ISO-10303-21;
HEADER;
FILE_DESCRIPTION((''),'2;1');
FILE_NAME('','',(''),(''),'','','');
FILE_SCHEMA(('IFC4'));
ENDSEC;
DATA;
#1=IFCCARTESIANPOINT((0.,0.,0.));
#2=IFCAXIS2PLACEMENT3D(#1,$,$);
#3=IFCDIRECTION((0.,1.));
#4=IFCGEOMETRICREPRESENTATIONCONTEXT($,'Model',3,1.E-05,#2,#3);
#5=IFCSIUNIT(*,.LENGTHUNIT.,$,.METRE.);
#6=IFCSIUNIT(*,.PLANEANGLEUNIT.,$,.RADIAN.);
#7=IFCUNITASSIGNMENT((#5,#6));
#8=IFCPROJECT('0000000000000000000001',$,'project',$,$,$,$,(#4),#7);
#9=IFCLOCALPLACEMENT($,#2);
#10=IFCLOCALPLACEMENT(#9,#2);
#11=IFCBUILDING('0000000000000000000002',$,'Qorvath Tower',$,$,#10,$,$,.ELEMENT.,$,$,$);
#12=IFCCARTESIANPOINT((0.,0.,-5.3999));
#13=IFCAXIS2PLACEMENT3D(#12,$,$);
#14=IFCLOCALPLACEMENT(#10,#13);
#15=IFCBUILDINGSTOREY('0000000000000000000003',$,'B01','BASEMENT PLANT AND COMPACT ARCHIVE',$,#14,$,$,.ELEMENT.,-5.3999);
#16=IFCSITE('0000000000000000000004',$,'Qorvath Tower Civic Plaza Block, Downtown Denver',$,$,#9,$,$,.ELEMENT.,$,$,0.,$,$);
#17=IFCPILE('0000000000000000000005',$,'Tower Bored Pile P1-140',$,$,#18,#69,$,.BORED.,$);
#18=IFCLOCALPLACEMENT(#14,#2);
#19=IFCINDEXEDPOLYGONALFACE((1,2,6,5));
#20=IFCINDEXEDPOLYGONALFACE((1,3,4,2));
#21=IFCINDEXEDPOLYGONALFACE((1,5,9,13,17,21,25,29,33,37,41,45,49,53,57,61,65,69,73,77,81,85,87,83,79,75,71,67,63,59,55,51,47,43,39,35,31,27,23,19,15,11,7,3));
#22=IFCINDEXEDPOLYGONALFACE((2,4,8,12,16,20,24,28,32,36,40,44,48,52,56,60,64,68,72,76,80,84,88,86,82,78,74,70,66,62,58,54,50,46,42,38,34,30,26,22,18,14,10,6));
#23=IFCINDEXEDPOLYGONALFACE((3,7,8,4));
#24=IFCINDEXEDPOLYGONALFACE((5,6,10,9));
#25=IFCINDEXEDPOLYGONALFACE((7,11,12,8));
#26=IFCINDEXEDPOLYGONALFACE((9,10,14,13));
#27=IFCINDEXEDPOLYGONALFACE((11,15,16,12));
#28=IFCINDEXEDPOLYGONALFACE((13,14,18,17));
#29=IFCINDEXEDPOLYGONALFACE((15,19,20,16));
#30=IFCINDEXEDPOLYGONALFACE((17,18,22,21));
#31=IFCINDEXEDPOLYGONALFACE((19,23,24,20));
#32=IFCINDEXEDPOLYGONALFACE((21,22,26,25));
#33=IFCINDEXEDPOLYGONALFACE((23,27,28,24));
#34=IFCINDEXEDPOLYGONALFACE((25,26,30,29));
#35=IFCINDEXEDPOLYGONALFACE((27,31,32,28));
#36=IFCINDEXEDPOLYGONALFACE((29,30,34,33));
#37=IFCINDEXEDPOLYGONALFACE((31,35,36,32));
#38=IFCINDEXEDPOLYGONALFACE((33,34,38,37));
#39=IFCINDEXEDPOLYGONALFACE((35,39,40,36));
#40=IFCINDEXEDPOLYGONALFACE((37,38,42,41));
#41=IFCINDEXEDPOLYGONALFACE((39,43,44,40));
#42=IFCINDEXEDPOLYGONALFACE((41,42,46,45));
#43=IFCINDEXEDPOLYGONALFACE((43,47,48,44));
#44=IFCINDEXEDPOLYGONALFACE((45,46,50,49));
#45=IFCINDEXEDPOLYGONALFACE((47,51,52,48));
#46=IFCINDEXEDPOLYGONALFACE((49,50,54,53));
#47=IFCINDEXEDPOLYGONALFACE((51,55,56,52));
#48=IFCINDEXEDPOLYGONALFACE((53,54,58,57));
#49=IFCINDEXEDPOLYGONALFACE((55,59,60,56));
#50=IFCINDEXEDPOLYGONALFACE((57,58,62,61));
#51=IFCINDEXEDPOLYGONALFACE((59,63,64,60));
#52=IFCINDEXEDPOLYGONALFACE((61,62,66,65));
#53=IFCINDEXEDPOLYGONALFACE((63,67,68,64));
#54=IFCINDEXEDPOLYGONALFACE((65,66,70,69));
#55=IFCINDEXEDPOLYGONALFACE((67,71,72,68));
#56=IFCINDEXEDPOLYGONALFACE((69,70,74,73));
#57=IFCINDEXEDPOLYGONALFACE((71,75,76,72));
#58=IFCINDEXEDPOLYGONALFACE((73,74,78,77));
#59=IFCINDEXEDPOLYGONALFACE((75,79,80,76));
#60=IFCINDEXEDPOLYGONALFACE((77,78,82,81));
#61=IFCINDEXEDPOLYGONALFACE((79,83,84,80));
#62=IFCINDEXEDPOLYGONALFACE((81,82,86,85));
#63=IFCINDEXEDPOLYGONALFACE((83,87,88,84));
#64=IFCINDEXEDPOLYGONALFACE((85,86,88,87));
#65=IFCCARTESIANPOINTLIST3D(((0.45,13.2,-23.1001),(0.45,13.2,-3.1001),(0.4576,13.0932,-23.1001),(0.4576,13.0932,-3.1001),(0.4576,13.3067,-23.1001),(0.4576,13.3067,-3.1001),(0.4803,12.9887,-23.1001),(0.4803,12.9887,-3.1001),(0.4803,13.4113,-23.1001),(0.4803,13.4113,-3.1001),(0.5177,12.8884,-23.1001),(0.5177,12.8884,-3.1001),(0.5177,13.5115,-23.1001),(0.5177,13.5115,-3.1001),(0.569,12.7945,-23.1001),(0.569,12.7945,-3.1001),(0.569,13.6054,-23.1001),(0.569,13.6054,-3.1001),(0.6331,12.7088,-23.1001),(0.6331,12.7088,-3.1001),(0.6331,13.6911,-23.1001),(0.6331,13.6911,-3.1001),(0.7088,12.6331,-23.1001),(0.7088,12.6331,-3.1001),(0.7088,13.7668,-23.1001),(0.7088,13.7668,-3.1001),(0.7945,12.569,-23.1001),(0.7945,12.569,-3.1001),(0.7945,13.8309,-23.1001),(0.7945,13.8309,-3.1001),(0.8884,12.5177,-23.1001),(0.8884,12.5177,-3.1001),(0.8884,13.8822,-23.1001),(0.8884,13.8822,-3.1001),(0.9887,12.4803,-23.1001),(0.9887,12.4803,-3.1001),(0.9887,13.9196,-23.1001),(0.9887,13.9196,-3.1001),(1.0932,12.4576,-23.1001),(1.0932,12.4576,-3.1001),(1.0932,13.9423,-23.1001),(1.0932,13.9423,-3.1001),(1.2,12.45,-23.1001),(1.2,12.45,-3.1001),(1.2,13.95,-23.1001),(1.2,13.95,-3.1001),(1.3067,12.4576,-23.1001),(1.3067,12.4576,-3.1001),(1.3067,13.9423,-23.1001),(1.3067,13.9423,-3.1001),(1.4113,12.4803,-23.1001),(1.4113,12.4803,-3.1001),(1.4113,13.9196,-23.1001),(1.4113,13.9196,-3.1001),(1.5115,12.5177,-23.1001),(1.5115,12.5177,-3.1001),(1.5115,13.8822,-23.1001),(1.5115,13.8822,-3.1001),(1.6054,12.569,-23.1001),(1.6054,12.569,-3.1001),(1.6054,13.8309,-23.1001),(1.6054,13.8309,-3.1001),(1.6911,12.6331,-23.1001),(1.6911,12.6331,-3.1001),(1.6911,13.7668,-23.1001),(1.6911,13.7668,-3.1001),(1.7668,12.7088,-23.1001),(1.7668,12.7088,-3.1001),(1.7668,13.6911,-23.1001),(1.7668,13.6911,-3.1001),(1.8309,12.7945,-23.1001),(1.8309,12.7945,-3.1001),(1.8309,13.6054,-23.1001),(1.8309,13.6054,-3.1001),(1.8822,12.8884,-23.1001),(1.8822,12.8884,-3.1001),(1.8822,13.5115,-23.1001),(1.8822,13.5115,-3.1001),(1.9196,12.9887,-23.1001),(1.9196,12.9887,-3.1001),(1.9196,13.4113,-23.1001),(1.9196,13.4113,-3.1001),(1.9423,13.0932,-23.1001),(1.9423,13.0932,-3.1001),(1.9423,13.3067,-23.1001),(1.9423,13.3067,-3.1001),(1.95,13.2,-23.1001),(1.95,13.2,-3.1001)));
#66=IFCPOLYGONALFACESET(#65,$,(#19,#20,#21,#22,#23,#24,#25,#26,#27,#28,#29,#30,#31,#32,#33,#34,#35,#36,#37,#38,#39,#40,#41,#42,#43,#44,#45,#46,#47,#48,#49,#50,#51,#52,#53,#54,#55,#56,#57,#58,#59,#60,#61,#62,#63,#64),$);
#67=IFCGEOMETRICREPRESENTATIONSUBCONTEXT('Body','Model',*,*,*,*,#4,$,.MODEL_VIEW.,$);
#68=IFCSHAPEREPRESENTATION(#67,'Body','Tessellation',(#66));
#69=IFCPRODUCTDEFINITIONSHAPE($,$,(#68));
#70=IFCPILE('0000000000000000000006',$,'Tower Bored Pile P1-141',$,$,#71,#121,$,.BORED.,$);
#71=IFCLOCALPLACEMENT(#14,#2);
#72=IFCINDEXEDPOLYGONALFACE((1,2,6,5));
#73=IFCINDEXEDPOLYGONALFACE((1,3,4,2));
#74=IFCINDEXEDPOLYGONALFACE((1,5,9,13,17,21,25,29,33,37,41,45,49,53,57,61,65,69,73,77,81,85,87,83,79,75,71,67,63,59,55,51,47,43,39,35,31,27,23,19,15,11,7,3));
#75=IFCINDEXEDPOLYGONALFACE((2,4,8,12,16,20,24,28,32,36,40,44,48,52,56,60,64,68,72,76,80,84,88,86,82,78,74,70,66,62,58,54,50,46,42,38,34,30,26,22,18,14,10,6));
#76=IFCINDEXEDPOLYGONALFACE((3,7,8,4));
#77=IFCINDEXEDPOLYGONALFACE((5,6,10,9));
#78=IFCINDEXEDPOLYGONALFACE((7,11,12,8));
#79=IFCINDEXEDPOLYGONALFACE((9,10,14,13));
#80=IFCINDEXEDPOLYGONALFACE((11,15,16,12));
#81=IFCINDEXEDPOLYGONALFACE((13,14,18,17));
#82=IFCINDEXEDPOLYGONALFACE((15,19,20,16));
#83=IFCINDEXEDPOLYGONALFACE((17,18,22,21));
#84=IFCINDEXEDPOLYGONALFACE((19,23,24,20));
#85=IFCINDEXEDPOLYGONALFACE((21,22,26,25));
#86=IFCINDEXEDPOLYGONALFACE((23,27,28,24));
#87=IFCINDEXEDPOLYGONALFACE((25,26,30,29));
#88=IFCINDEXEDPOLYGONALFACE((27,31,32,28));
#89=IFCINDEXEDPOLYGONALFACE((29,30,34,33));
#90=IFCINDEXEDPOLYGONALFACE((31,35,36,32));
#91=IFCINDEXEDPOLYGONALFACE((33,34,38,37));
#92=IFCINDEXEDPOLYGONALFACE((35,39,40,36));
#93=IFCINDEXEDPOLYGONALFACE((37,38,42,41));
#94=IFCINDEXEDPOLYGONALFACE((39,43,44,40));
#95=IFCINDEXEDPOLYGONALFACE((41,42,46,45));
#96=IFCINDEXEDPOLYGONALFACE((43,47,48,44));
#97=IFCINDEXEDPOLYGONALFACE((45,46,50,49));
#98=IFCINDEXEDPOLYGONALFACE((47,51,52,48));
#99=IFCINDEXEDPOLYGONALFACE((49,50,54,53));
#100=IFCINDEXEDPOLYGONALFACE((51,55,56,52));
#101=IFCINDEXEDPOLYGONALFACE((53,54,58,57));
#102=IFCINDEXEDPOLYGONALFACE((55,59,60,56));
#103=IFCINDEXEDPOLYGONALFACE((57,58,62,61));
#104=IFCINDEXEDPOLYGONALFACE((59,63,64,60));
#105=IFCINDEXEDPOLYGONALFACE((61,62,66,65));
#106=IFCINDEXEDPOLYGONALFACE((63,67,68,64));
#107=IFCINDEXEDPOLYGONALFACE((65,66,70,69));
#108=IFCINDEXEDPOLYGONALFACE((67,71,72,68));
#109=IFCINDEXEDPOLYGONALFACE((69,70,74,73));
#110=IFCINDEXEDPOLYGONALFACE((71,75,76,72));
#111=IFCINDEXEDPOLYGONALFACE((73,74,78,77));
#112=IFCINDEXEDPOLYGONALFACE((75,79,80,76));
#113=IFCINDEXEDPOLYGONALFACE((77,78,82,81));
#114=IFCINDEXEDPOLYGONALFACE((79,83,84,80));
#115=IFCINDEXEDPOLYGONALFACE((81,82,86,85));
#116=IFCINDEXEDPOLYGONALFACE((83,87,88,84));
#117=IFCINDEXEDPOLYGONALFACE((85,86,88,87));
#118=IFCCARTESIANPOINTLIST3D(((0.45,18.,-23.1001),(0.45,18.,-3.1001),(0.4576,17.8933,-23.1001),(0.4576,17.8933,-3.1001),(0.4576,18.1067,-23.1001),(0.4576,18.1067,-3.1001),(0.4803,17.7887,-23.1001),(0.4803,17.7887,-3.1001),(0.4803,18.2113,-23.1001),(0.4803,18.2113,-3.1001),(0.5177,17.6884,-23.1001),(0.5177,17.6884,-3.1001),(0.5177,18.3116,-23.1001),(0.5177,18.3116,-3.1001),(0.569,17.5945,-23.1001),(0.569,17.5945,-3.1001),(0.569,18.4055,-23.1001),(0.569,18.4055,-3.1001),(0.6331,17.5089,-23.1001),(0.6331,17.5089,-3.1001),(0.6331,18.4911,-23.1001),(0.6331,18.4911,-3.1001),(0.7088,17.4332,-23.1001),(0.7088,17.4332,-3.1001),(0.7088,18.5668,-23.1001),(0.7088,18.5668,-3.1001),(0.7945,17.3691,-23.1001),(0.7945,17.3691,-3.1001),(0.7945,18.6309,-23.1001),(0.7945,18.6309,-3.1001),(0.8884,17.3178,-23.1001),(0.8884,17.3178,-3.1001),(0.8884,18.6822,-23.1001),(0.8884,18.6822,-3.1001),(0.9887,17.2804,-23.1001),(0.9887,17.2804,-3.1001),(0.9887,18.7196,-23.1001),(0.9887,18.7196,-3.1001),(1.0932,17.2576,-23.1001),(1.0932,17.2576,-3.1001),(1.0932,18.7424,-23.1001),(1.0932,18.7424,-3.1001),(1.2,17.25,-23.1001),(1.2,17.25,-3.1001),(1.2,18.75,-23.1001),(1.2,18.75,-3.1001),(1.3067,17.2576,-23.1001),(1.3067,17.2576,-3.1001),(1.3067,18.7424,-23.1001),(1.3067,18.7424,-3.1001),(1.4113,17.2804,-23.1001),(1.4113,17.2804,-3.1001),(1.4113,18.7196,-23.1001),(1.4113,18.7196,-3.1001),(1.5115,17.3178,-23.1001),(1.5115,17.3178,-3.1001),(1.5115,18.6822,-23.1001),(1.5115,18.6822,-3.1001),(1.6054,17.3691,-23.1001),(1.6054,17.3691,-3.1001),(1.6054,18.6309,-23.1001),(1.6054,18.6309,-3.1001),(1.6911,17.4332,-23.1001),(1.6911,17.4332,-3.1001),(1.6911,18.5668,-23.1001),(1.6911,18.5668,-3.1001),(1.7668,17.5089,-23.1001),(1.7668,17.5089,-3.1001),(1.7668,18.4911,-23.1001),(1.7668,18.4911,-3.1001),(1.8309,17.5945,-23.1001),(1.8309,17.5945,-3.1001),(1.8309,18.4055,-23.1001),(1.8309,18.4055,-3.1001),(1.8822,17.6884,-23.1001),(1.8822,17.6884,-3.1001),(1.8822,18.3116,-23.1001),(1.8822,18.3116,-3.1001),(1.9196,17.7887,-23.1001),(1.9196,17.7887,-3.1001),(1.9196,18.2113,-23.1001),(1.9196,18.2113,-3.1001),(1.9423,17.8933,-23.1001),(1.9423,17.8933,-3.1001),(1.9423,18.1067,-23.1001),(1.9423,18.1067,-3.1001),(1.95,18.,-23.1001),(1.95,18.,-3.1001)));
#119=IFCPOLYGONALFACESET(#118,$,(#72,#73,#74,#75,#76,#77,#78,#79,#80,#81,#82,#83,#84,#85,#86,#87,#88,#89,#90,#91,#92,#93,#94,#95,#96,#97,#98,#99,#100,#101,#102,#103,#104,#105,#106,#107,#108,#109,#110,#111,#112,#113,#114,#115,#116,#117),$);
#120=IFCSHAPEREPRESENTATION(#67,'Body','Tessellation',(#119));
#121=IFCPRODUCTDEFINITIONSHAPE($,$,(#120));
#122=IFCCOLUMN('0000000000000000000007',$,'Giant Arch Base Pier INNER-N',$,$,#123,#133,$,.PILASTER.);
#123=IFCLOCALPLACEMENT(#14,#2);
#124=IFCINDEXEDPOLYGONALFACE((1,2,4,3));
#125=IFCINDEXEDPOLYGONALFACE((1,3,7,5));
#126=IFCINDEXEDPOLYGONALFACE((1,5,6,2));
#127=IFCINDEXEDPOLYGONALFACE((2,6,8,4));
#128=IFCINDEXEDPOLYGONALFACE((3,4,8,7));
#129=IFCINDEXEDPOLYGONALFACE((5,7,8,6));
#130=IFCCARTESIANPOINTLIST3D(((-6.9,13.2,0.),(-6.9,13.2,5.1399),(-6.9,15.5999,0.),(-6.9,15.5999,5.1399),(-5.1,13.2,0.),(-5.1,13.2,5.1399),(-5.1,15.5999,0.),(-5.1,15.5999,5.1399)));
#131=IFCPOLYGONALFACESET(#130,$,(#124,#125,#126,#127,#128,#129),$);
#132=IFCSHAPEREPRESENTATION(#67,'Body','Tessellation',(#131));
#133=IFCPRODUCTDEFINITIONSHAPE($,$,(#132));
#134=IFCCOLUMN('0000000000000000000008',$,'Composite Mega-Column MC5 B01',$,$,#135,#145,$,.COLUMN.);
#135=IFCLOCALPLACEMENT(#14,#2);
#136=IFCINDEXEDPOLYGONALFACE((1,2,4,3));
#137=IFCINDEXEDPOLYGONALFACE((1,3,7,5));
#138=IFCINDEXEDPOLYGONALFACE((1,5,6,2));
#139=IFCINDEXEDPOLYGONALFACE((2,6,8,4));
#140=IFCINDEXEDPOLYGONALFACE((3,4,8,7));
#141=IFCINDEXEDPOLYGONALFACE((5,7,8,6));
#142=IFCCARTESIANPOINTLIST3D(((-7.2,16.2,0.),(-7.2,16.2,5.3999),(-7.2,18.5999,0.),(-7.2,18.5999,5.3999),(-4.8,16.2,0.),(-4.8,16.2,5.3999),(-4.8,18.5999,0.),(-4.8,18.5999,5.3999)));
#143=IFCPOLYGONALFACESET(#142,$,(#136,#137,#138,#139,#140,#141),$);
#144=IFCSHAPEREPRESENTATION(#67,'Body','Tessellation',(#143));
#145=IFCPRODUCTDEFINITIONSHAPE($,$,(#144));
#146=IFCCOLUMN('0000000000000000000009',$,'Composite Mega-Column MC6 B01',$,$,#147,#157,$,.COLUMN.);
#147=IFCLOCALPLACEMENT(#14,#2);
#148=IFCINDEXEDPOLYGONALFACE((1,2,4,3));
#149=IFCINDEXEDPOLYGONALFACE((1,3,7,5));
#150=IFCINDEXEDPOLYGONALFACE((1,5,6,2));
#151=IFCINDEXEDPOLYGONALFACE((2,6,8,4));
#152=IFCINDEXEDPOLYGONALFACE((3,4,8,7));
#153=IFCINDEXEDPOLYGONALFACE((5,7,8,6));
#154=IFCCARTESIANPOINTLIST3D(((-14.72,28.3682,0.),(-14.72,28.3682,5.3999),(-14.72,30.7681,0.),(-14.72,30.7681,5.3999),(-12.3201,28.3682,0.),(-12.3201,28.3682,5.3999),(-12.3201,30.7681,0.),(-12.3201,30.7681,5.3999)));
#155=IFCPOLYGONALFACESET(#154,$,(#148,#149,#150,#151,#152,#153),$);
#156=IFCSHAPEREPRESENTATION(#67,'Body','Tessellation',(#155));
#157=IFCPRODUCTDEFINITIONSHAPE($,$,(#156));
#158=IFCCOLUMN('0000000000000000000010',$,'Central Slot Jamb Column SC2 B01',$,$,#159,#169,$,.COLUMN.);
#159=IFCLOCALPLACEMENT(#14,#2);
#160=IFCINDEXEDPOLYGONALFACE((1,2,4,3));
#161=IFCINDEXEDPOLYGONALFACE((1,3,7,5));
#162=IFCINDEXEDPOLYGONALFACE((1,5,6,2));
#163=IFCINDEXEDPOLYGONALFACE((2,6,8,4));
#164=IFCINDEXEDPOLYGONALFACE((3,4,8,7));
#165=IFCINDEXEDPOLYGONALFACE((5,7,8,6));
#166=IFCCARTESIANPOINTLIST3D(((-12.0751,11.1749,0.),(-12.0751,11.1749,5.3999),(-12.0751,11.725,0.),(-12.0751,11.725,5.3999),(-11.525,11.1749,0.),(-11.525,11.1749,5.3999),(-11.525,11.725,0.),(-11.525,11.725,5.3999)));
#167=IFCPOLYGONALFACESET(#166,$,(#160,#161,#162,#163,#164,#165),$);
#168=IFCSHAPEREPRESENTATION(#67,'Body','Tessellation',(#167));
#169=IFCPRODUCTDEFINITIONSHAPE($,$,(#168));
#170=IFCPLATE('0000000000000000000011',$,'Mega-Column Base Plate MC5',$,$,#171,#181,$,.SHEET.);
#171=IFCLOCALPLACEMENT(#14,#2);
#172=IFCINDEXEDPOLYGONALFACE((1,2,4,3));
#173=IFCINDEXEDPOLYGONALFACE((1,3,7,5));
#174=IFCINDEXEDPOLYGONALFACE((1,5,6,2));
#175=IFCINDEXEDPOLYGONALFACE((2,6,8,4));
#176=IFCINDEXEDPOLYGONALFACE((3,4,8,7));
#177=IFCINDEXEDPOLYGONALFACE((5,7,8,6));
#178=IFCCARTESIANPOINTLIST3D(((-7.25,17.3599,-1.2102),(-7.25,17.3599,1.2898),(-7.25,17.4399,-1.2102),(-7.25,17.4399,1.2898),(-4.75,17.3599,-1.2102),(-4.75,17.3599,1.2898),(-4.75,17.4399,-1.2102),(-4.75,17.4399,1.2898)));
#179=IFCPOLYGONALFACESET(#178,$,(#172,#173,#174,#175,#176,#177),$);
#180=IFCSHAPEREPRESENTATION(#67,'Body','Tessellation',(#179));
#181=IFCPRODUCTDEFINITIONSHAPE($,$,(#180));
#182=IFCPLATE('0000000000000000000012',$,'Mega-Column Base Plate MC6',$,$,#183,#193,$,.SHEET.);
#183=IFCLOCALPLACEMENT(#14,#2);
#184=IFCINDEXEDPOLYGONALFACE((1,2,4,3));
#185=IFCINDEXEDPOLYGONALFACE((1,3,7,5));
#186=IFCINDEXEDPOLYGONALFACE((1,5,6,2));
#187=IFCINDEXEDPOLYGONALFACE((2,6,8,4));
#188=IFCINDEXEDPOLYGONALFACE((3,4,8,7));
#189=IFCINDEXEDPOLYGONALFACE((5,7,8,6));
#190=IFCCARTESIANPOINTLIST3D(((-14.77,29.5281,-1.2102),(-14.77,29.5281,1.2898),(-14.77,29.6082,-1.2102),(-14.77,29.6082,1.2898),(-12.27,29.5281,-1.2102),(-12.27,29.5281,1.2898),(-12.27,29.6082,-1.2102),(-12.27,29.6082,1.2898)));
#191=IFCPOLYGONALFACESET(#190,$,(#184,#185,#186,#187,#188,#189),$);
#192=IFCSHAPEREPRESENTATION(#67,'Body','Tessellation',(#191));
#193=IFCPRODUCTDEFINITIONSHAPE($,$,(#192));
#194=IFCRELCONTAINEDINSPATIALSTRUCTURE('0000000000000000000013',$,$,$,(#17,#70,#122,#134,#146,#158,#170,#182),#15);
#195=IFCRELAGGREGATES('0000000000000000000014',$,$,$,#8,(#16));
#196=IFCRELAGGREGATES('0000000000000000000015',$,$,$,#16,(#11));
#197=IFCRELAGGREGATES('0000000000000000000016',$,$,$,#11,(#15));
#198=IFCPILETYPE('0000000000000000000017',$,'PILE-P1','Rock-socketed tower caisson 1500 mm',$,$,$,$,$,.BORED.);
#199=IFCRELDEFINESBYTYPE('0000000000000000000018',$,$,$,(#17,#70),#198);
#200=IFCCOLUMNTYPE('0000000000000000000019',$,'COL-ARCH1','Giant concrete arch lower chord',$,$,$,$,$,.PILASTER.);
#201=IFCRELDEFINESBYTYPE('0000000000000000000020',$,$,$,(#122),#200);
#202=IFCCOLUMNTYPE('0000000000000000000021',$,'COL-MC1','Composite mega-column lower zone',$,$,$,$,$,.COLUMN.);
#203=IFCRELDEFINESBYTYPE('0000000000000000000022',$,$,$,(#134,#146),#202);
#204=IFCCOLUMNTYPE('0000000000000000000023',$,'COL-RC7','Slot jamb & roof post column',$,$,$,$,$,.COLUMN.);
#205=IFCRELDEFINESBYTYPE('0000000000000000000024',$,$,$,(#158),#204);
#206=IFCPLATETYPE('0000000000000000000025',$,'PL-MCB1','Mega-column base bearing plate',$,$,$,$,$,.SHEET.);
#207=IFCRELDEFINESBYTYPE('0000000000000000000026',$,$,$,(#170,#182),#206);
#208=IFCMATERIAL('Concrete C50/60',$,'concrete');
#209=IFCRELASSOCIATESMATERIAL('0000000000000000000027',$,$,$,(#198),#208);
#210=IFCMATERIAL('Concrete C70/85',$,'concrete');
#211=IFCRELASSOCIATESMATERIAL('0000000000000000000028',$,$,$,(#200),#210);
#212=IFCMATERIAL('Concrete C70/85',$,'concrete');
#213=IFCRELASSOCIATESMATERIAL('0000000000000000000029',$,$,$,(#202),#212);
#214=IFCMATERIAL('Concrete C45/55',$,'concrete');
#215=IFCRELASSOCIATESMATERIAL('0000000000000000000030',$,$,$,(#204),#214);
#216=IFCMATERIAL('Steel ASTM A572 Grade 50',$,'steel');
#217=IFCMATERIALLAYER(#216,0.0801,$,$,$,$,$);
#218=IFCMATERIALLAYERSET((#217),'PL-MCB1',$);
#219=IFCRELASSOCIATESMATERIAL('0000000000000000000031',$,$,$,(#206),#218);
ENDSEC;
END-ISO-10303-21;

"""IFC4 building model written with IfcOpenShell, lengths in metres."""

from ifc_helpers import new_model, si_unit, direction, frame, origin, origin_2d, place, context, subcontext, project, spatial, rectangle, circle, extrude, material, layer, layer_set, material_profile, profile_set, type_object, element, save


model = new_model("IFC4")

# Units and contexts
model_context = context("Model", 3, precision=1e-05, world=origin(), true_north=direction((0.0, 1.0)))
body_context = subcontext(model_context, "Body", "Model", "MODEL_VIEW")
ifc_project = project(units=[si_unit("LENGTHUNIT", "METRE"), si_unit("PLANEANGLEUNIT", "RADIAN")], contexts=[model_context])

# Site, building, storey
site_placement = place(None, origin())
site = spatial("IfcSite", under=ifc_project, at=site_placement, Name="Qorvath Tower Civic Plaza Block, Downtown Denver", CompositionType="ELEMENT", RefElevation=0.0)
building_placement = place(site_placement, origin())
building = spatial("IfcBuilding", under=site, at=building_placement, Name="Qorvath Tower", CompositionType="ELEMENT")
storey_placement = place(building_placement, frame((0.0, 0.0, -5.3999)))
storey = spatial("IfcBuildingStorey", under=building, at=storey_placement, Name="B01", Description="BASEMENT PLANT AND COMPACT ARCHIVE", CompositionType="ELEMENT", Elevation=-5.3999)

# Piles
ifc_material_1 = material(Name="Concrete C50/60", Category="concrete")
ifc_material_profile_1 = material_profile(ifc_material_1, circle(Radius=0.75, at=origin_2d()), Name="BORED PILE 1500")
ifc_profile_set_1 = profile_set([ifc_material_profile_1], Name="Concrete C50/60")
pile_type = type_object("IfcPileType", Name="PILE-P1", Description="Rock-socketed tower caisson 1500 mm", PredefinedType="BORED", material=ifc_profile_set_1)
for number, where, z_axis, x_axis, name in (
    (1, (1.2, 13.2, -3.1001), (0.0, 0.0, -1.0), (1.0, 0.0, 0.0), "Tower Bored Pile P1-140"),
    (2, (1.2, 18.0, -3.1001), (0.0, 0.0, -1.0), (1.0, 0.0, 0.0), "Tower Bored Pile P1-141"),
):
    element("IfcPile", number, at=place(storey_placement, frame(where, z_axis=z_axis, x_axis=x_axis)), inside=storey, type_object=pile_type, Name=name, PredefinedType="BORED", context=body_context, shape_type="SweptSolid", body=[
        extrude(circle(Radius=0.75, at=origin_2d()), origin(), (0.0, 0.0, 1.0), 20.0),
    ])

# Columns
ifc_material_2 = material(Name="Concrete C70/85", Category="concrete")
ifc_material_profile_2 = material_profile(ifc_material_2, rectangle(XDim=1.8, YDim=2.3999, at=origin_2d()), Name="ARCH 2400x1800")
ifc_profile_set_2 = profile_set([ifc_material_profile_2], Name="Concrete C70/85")
column_type_1 = type_object("IfcColumnType", Name="COL-ARCH1", Description="Giant concrete arch lower chord", PredefinedType="PILASTER", material=ifc_profile_set_2)
column_1_placement = place(storey_placement, frame((-6.0, 14.3999, 0.0), z_axis=(0.0, 0.0, 1.0), x_axis=(1.0, 0.0, 0.0)))
element("IfcColumn", 3, at=column_1_placement, inside=storey, type_object=column_type_1, Name="Giant Arch Base Pier INNER-N", PredefinedType="PILASTER", context=body_context, shape_type="SweptSolid", body=[
    extrude(rectangle(XDim=1.8, YDim=2.3999, at=origin_2d()), origin(), (0.0, 0.0, 1.0), 5.1399),
])
ifc_material_3 = material(Name="Concrete C70/85", Category="concrete")
ifc_material_profile_3 = material_profile(ifc_material_3, rectangle(XDim=2.3999, YDim=2.3999, at=origin_2d()), Name="MC 2400x2400")
ifc_profile_set_3 = profile_set([ifc_material_profile_3], Name="Concrete C70/85")
column_type_2 = type_object("IfcColumnType", Name="COL-MC1", Description="Composite mega-column lower zone", PredefinedType="COLUMN", material=ifc_profile_set_3)
for number, where, z_axis, x_axis, name in (
    (4, (-6.0, 17.3999, 0.0), (0.0, 0.0, 1.0), (1.0, 0.0, 0.0), "Composite Mega-Column MC5 B01"),
    (5, (-13.52, 29.5681, 0.0), (0.0, 0.0, 1.0), (1.0, 0.0, 0.0), "Composite Mega-Column MC6 B01"),
):
    element("IfcColumn", number, at=place(storey_placement, frame(where, z_axis=z_axis, x_axis=x_axis)), inside=storey, type_object=column_type_2, Name=name, PredefinedType="COLUMN", context=body_context, shape_type="SweptSolid", body=[
        extrude(rectangle(XDim=2.3999, YDim=2.3999, at=origin_2d()), origin(), (0.0, 0.0, 1.0), 5.3999),
    ])
ifc_material_4 = material(Name="Concrete C45/55", Category="concrete")
ifc_material_profile_4 = material_profile(ifc_material_4, rectangle(XDim=0.55, YDim=0.55, at=origin_2d()), Name="RC 550x550")
ifc_profile_set_4 = profile_set([ifc_material_profile_4], Name="Concrete C45/55")
column_type_3 = type_object("IfcColumnType", Name="COL-RC7", Description="Slot jamb & roof post column", PredefinedType="COLUMN", material=ifc_profile_set_4)
column_2_placement = place(storey_placement, frame((-11.8, 11.45, 0.0), z_axis=(0.0, 0.0, 1.0), x_axis=(1.0, 0.0, 0.0)))
element("IfcColumn", 6, at=column_2_placement, inside=storey, type_object=column_type_3, Name="Central Slot Jamb Column SC2 B01", PredefinedType="COLUMN", context=body_context, shape_type="SweptSolid", body=[
    extrude(rectangle(XDim=0.55, YDim=0.55, at=origin_2d()), origin(), (0.0, 0.0, 1.0), 5.3999),
])

# Plates
ifc_material_5 = material(Name="Steel ASTM A572 Grade 50", Category="steel")
ifc_layer_1 = layer(ifc_material_5, 0.0801)
ifc_layer_set_1 = layer_set([ifc_layer_1], Name="PL-MCB1")
plate_type = type_object("IfcPlateType", Name="PL-MCB1", Description="Mega-column base bearing plate", PredefinedType="SHEET", material=ifc_layer_set_1)
for number, where, z_axis, x_axis, name in (
    (7, (-6.0, 17.3999, -1.2102), (0.0, 0.0, 1.0), (1.0, 0.0, 0.0), "Mega-Column Base Plate MC5"),
    (8, (-13.52, 29.5681, -1.2102), (0.0, 0.0, 1.0), (1.0, 0.0, 0.0), "Mega-Column Base Plate MC6"),
):
    element("IfcPlate", number, at=place(storey_placement, frame(where, z_axis=z_axis, x_axis=x_axis)), inside=storey, type_object=plate_type, Name=name, PredefinedType="SHEET", context=body_context, shape_type="SweptSolid", body=[
        extrude(rectangle(XDim=2.5, YDim=0.0801, at=origin_2d()), origin(), (0.0, 0.0, 1.0), 2.5),
    ])

save(model, "model.ifc")
